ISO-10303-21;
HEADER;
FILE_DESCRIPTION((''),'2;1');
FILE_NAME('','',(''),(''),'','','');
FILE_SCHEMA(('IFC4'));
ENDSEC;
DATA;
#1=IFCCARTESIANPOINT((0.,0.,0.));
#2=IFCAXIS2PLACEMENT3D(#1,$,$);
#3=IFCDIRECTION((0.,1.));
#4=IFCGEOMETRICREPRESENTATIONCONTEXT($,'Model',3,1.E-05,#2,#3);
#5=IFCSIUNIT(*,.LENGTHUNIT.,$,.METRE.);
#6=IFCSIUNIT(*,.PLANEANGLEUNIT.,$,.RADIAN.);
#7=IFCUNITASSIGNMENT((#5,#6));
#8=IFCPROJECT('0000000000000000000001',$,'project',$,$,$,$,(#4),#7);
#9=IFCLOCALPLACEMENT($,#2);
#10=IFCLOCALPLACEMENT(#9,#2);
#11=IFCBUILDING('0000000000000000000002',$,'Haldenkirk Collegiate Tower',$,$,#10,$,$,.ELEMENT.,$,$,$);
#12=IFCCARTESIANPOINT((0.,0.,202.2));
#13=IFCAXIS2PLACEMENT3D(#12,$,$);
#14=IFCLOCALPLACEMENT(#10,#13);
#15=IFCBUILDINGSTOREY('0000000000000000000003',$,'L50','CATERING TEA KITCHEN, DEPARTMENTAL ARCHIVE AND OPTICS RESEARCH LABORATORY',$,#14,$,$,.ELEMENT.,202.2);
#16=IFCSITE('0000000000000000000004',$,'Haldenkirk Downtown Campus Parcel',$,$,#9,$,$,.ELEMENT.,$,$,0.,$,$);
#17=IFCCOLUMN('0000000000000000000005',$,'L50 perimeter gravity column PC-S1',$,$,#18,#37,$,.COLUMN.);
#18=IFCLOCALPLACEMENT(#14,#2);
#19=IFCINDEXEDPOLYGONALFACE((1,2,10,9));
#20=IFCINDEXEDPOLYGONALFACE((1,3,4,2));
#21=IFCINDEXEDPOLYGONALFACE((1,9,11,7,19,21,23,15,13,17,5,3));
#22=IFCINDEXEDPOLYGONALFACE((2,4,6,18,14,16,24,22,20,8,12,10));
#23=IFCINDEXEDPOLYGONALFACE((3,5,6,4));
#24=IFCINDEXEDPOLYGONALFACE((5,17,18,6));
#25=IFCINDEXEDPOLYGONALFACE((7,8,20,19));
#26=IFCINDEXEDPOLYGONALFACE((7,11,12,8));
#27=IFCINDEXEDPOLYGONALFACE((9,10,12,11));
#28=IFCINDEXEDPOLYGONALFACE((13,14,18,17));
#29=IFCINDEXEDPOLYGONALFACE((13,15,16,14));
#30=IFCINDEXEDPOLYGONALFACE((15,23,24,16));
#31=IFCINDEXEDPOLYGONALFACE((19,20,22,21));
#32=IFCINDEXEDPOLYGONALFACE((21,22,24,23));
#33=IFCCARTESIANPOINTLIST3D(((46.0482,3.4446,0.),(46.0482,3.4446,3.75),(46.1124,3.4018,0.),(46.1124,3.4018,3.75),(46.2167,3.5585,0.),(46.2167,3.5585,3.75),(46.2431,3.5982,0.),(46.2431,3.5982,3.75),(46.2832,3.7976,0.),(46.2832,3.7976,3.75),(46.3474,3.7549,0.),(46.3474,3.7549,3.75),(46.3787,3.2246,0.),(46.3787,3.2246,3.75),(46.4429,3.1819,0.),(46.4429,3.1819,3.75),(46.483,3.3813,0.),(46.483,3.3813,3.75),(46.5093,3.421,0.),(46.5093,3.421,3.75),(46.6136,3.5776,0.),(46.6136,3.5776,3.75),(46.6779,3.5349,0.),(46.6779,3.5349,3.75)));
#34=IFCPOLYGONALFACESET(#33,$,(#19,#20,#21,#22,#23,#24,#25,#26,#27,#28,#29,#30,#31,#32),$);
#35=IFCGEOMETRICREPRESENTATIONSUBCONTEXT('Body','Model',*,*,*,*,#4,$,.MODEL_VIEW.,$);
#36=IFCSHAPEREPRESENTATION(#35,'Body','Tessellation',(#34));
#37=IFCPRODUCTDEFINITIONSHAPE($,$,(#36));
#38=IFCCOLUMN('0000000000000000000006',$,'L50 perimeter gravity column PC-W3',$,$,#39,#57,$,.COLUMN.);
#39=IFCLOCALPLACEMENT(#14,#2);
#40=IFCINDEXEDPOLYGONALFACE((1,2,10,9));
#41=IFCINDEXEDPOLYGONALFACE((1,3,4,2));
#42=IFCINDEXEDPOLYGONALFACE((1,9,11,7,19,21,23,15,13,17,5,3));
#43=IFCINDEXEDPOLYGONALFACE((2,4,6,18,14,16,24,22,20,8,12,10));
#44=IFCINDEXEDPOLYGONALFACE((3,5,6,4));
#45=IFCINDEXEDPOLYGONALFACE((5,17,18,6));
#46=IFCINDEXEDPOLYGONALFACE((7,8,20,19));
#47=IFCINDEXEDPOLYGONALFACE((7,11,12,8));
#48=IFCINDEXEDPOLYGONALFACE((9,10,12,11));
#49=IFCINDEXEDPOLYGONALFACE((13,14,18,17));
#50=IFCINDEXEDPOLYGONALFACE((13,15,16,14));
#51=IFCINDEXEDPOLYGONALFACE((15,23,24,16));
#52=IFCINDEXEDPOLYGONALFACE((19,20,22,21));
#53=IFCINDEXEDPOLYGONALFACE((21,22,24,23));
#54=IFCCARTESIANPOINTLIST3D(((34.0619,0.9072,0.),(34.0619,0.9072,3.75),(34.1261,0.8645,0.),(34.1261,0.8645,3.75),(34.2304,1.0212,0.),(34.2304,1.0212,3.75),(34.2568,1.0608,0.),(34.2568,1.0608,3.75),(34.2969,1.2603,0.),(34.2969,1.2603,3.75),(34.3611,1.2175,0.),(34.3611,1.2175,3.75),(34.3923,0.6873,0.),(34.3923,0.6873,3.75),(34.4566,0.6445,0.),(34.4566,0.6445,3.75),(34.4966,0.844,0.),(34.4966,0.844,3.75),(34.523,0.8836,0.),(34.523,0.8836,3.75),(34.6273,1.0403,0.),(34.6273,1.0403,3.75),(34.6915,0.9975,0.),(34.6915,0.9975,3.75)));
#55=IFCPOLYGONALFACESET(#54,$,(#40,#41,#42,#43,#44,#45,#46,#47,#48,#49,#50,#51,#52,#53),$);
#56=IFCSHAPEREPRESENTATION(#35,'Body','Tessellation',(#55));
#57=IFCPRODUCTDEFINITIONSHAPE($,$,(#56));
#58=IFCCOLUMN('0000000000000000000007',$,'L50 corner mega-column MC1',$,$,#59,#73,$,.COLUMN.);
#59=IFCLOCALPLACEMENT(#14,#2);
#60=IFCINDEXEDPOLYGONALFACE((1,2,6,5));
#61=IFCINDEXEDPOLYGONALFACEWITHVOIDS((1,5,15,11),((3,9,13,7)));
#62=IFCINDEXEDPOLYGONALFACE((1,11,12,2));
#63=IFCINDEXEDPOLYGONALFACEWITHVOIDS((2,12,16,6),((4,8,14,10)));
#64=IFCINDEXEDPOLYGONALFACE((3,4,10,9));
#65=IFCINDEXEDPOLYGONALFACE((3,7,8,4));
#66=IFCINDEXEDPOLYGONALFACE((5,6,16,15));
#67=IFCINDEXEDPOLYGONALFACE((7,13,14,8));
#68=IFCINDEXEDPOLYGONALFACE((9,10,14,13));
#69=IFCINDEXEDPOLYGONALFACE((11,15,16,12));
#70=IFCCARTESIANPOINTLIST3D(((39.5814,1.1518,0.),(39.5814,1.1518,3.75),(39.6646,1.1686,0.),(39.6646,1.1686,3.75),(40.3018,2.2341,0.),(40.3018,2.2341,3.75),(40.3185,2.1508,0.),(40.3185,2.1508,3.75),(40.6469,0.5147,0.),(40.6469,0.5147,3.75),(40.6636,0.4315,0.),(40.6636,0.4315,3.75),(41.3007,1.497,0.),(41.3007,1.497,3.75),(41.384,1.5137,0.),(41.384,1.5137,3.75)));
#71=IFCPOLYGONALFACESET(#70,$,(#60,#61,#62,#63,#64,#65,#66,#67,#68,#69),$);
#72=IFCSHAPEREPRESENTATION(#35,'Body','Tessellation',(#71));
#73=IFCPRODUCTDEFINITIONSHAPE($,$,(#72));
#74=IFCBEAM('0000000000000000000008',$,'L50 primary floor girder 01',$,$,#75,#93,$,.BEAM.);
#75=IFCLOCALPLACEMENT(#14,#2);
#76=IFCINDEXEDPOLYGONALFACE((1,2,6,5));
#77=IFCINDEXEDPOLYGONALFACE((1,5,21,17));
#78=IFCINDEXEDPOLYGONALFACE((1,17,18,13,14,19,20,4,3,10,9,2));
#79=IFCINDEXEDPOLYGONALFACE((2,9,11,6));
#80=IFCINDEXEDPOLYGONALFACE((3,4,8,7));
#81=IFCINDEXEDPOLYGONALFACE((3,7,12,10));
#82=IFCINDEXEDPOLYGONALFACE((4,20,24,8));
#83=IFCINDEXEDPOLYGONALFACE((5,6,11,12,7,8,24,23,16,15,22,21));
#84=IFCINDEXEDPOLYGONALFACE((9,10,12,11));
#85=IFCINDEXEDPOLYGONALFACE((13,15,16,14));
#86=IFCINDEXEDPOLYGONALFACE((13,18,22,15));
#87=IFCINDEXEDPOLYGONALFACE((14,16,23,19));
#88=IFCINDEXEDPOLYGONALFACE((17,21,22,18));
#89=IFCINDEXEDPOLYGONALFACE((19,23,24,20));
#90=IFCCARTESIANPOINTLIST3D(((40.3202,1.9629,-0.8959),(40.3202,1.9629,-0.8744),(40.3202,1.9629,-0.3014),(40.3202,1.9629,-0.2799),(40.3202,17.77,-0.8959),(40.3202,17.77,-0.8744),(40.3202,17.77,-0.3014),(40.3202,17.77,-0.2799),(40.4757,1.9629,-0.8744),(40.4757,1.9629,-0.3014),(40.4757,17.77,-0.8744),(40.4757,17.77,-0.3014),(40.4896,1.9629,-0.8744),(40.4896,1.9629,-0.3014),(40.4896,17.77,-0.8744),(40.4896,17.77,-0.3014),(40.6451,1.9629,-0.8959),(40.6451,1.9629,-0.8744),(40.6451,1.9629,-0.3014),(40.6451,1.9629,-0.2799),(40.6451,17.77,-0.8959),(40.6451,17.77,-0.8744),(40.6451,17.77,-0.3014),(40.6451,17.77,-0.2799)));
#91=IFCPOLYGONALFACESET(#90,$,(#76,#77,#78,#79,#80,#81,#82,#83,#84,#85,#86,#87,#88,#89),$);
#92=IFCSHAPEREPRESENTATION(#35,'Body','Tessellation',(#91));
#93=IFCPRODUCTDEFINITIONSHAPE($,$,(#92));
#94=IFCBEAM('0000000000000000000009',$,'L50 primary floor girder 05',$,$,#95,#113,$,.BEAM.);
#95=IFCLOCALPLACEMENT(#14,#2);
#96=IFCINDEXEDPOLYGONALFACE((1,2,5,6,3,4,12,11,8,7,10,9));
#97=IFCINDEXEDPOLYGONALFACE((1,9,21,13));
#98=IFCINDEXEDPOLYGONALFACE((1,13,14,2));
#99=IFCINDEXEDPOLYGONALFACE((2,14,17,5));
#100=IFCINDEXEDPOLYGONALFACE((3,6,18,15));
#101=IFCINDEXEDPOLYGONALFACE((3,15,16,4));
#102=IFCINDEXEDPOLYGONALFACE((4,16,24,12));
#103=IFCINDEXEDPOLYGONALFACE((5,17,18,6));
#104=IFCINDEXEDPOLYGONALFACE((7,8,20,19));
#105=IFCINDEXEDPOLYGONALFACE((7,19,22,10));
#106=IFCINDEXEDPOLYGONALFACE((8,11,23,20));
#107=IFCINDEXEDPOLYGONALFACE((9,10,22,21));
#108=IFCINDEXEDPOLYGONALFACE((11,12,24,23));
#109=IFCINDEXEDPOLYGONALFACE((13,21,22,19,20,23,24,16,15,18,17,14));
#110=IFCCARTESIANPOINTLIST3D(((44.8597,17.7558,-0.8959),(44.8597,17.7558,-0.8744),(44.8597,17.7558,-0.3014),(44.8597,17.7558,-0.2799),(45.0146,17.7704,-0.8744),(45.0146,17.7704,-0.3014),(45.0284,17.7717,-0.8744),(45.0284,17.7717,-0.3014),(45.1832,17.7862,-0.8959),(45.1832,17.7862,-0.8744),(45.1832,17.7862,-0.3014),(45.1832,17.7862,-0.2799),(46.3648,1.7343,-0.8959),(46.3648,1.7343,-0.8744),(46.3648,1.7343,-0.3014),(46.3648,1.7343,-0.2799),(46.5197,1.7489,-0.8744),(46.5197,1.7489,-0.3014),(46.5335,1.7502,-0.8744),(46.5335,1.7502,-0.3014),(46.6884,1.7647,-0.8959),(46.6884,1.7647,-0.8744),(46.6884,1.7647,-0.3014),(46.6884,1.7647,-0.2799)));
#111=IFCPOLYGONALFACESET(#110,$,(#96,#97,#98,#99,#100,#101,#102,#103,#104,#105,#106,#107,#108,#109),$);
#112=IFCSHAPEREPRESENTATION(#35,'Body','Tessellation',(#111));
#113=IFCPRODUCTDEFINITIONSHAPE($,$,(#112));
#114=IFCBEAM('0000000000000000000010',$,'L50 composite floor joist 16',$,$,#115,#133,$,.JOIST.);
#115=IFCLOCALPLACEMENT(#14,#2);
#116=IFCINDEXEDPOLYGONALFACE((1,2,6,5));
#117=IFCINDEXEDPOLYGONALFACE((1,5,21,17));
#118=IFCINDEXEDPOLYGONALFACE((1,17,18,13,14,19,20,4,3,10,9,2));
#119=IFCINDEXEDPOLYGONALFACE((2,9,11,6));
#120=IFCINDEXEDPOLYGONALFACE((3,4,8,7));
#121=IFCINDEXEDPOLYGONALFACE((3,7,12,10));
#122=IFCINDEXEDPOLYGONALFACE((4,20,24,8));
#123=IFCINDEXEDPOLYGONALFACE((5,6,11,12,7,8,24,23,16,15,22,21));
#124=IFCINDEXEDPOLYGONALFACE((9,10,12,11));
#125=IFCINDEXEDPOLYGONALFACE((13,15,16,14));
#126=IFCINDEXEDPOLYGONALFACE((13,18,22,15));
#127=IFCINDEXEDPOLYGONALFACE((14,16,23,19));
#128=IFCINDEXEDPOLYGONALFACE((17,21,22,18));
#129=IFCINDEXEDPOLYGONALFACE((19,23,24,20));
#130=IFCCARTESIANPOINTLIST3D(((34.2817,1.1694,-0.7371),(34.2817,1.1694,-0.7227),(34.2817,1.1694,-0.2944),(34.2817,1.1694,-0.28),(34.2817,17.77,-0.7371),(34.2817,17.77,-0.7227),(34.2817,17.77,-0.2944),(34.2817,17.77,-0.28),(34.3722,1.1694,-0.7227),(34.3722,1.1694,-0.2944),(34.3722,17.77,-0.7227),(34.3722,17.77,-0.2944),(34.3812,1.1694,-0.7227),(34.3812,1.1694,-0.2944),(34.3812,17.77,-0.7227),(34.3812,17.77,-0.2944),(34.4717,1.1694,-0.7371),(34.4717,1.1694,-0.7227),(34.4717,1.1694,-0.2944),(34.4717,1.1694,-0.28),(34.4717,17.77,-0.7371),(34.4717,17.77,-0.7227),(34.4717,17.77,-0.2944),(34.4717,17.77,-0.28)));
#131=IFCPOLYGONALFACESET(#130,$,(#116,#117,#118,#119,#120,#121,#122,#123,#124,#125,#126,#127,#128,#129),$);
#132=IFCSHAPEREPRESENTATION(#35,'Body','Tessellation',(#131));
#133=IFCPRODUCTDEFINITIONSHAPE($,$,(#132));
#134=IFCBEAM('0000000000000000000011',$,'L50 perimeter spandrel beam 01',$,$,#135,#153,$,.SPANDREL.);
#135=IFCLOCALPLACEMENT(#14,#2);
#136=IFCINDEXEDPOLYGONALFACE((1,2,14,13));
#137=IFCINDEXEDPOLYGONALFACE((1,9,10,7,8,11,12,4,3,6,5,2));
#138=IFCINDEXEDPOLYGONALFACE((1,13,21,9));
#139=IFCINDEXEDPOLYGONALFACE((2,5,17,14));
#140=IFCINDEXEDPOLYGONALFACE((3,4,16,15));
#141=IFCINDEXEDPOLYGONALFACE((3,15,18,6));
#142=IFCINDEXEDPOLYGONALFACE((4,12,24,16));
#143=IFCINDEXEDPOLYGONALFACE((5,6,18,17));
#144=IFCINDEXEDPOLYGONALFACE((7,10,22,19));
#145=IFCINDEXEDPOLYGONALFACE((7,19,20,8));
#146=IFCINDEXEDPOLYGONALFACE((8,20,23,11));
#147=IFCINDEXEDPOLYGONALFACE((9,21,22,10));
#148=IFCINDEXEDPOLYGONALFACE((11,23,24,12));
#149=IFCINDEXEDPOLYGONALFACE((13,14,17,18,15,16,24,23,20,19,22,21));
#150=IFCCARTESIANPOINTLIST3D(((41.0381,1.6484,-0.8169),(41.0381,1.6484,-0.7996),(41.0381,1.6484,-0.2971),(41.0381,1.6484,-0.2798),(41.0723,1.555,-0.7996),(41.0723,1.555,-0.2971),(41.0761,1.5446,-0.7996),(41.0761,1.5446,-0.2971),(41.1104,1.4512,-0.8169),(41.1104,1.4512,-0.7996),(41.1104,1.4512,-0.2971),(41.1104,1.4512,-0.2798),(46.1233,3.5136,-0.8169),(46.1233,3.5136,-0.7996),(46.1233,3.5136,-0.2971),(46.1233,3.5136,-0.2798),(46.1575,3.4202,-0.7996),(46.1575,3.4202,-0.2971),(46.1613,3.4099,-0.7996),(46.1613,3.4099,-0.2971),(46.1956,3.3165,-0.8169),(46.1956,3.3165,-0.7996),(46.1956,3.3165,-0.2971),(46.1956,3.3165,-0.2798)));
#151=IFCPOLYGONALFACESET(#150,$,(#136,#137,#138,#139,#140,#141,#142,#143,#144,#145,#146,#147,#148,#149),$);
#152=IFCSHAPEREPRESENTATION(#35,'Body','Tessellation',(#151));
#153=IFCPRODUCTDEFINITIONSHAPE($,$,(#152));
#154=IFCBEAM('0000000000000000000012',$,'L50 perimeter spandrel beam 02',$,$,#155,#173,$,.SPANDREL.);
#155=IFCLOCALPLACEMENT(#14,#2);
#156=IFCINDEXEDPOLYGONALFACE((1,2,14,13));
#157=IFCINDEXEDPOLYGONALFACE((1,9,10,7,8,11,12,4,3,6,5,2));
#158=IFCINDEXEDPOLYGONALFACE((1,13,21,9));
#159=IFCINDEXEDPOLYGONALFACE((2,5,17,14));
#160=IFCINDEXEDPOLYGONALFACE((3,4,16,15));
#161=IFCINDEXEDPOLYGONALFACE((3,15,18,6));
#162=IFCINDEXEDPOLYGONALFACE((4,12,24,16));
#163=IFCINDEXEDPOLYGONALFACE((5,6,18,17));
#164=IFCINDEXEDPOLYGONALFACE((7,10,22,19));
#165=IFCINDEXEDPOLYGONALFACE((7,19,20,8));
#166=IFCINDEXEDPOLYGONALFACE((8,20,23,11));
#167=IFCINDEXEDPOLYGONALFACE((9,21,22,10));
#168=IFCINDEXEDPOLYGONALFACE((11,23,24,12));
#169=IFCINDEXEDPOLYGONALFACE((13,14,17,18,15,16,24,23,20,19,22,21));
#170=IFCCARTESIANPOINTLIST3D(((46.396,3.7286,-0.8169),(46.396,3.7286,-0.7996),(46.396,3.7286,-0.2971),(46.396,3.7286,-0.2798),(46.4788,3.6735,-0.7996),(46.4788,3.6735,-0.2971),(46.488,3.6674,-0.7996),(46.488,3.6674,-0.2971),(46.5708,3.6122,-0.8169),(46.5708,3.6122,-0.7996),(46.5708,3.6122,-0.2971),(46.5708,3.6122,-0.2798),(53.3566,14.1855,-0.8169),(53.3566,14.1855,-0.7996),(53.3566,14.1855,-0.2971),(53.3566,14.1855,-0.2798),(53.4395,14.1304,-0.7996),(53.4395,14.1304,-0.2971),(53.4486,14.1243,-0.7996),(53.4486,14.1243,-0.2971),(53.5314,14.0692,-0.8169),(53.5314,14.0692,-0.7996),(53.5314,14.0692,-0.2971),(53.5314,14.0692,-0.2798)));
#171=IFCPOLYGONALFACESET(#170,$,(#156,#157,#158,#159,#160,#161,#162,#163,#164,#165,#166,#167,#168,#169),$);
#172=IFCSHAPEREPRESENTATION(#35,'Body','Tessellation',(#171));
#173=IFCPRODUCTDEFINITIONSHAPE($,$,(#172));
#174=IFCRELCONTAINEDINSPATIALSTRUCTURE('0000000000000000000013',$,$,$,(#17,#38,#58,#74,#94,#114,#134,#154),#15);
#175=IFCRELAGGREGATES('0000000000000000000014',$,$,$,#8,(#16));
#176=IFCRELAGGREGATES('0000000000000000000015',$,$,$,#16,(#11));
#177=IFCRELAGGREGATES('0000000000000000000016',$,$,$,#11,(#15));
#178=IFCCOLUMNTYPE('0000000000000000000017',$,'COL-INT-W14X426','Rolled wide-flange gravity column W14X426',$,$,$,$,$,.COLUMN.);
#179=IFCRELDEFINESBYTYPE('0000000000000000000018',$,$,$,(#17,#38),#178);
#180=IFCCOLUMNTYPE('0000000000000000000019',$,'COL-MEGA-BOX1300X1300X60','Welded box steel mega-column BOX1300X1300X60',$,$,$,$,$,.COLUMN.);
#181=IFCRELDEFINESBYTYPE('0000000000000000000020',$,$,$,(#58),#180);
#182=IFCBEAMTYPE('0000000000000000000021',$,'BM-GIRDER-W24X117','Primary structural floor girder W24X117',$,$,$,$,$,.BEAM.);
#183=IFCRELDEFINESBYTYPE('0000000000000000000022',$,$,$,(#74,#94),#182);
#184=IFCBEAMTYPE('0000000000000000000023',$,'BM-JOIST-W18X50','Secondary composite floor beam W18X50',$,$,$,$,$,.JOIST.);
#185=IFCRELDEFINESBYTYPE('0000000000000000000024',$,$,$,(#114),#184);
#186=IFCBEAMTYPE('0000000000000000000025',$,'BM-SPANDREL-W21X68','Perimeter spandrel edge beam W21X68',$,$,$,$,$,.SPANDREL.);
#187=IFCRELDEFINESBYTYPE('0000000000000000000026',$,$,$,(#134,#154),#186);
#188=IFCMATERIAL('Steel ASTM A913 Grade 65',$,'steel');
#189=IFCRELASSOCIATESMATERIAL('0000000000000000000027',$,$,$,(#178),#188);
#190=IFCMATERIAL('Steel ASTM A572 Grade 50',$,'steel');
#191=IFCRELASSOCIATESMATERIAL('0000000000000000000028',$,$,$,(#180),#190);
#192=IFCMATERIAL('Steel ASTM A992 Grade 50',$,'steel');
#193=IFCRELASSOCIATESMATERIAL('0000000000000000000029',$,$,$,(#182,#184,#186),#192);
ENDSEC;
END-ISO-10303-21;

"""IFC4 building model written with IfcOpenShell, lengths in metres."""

from ifc_helpers import new_model, si_unit, direction, frame, origin, origin_2d, place, context, subcontext, project, spatial, hollow_rectangle, i_section, extrude, material, material_profile, profile_set, type_object, element, save


model = new_model("IFC4")

# Units and contexts
model_context = context("Model", 3, precision=1e-05, world=origin(), true_north=direction((0.0, 1.0)))
body_context = subcontext(model_context, "Body", "Model", "MODEL_VIEW")
ifc_project = project(units=[si_unit("LENGTHUNIT", "METRE"), si_unit("PLANEANGLEUNIT", "RADIAN")], contexts=[model_context])

# Site, building, storey
site_placement = place(None, origin())
site = spatial("IfcSite", under=ifc_project, at=site_placement, Name="Haldenkirk Downtown Campus Parcel", CompositionType="ELEMENT", RefElevation=0.0)
building_placement = place(site_placement, origin())
building = spatial("IfcBuilding", under=site, at=building_placement, Name="Haldenkirk Collegiate Tower", CompositionType="ELEMENT")
storey_placement = place(building_placement, frame((0.0, 0.0, 202.2)))
storey = spatial("IfcBuildingStorey", under=building, at=storey_placement, Name="L50", Description="CATERING TEA KITCHEN, DEPARTMENTAL ARCHIVE AND OPTICS RESEARCH LABORATORY", CompositionType="ELEMENT", Elevation=202.2)

# Columns
ifc_material_1 = material(Name="Steel ASTM A913 Grade 65", Category="steel")
ifc_material_profile_1 = material_profile(ifc_material_1, i_section(OverallWidth=0.4241, OverallDepth=0.4741, WebThickness=0.0476, FlangeThickness=0.0771, at=origin_2d()), Name="W14X426")
ifc_profile_set_1 = profile_set([ifc_material_profile_1], Name="Steel ASTM A913 Grade 65")
column_type_1 = type_object("IfcColumnType", Name="COL-INT-W14X426", Description="Rolled wide-flange gravity column W14X426", PredefinedType="COLUMN", material=ifc_profile_set_1)
for number, where, z_axis, x_axis, name in (
    (1, (46.363, 3.4897, 0.0), (0.0, 0.0, 1.0), (0.554118, 0.832438, 0.0), "L50 perimeter gravity column PC-S1"),
    (2, (34.3767, 0.9524, 0.0), (0.0, 0.0, 1.0), (0.554118, 0.832438, 0.0), "L50 perimeter gravity column PC-W3"),
):
    element("IfcColumn", number, at=place(storey_placement, frame(where, z_axis=z_axis, x_axis=x_axis)), inside=storey, type_object=column_type_1, Name=name, PredefinedType="COLUMN", context=body_context, shape_type="SweptSolid", body=[
        extrude(i_section(OverallWidth=0.4241, OverallDepth=0.4741, WebThickness=0.0476, FlangeThickness=0.0771, at=origin_2d()), origin(), (0.0, 0.0, 1.0), 3.75),
    ])
ifc_material_2 = material(Name="Steel ASTM A572 Grade 50", Category="steel")
ifc_material_profile_2 = material_profile(ifc_material_2, hollow_rectangle(XDim=1.3, YDim=1.3, WallThickness=0.0601, at=origin_2d()), Name="BOX1300X1300X60")
ifc_profile_set_2 = profile_set([ifc_material_profile_2], Name="Steel ASTM A572 Grade 50")
column_type_2 = type_object("IfcColumnType", Name="COL-MEGA-BOX1300X1300X60", Description="Welded box steel mega-column BOX1300X1300X60", PredefinedType="COLUMN", material=ifc_profile_set_2)
column_placement = place(storey_placement, frame((40.4827, 1.3328, 0.0), z_axis=(0.0, 0.0, 1.0), x_axis=(0.554118, 0.832438, 0.0)))
element("IfcColumn", 3, at=column_placement, inside=storey, type_object=column_type_2, Name="L50 corner mega-column MC1", PredefinedType="COLUMN", context=body_context, shape_type="SweptSolid", body=[
    extrude(hollow_rectangle(XDim=1.3, YDim=1.3, WallThickness=0.0601, at=origin_2d()), origin(), (0.0, 0.0, 1.0), 3.75),
])

# Beams
ifc_material_3 = material(Name="Steel ASTM A992 Grade 50", Category="steel")
ifc_material_profile_3 = material_profile(ifc_material_3, i_section(OverallWidth=0.325, OverallDepth=0.616, WebThickness=0.0139, FlangeThickness=0.0215, at=origin_2d()), Name="W24X117")
ifc_profile_set_3 = profile_set([ifc_material_profile_3], Name="Steel ASTM A992 Grade 50")
beam_type_1 = type_object("IfcBeamType", Name="BM-GIRDER-W24X117", Description="Primary structural floor girder W24X117", PredefinedType="BEAM", material=ifc_profile_set_3)
beam_1_placement = place(storey_placement, frame((40.4827, 1.9629, -0.5879), z_axis=(0.0, 1.0, 0.0), x_axis=(-1.0, 0.0, 0.0)))
element("IfcBeam", 4, at=beam_1_placement, inside=storey, type_object=beam_type_1, Name="L50 primary floor girder 01", PredefinedType="BEAM", context=body_context, shape_type="SweptSolid", body=[
    extrude(i_section(OverallWidth=0.325, OverallDepth=0.616, WebThickness=0.0139, FlangeThickness=0.0215, at=origin_2d()), origin(), (0.0, 0.0, 1.0), 15.8071),
])
beam_2_placement = place(storey_placement, frame((46.5266, 1.7495, -0.5879), z_axis=(-0.093532, 0.995616, 0.0), x_axis=(-0.995616, -0.093532, 0.0)))
element("IfcBeam", 5, at=beam_2_placement, inside=storey, type_object=beam_type_1, Name="L50 primary floor girder 05", PredefinedType="BEAM", context=body_context, shape_type="SweptSolid", body=[
    extrude(i_section(OverallWidth=0.325, OverallDepth=0.616, WebThickness=0.0139, FlangeThickness=0.0215, at=origin_2d()), origin(), (0.0, 0.0, 1.0), 16.092),
])
ifc_material_profile_4 = material_profile(ifc_material_3, i_section(OverallWidth=0.1899, OverallDepth=0.457, WebThickness=0.009, FlangeThickness=0.0144, at=origin_2d()), Name="W18X50")
ifc_profile_set_4 = profile_set([ifc_material_profile_4], Name="Steel ASTM A992 Grade 50")
beam_type_2 = type_object("IfcBeamType", Name="BM-JOIST-W18X50", Description="Secondary composite floor beam W18X50", PredefinedType="JOIST", material=ifc_profile_set_4)
beam_3_placement = place(storey_placement, frame((34.3767, 1.1694, -0.5085), z_axis=(0.0, 1.0, 0.0), x_axis=(-1.0, 0.0, 0.0)))
element("IfcBeam", 6, at=beam_3_placement, inside=storey, type_object=beam_type_2, Name="L50 composite floor joist 16", PredefinedType="JOIST", context=body_context, shape_type="SweptSolid", body=[
    extrude(i_section(OverallWidth=0.1899, OverallDepth=0.457, WebThickness=0.009, FlangeThickness=0.0144, at=origin_2d()), origin(), (0.0, 0.0, 1.0), 16.6006),
])
ifc_material_profile_5 = material_profile(ifc_material_3, i_section(OverallWidth=0.21, OverallDepth=0.5371, WebThickness=0.011, FlangeThickness=0.0173, at=origin_2d()), Name="W21X68")
ifc_profile_set_5 = profile_set([ifc_material_profile_5], Name="Steel ASTM A992 Grade 50")
beam_type_3 = type_object("IfcBeamType", Name="BM-SPANDREL-W21X68", Description="Perimeter spandrel edge beam W21X68", PredefinedType="SPANDREL", material=ifc_profile_set_5)
beam_4_placement = place(storey_placement, frame((41.0742, 1.5498, -0.5483), z_axis=(0.938837, 0.344362, 0.0), x_axis=(-0.344362, 0.938837, 0.0)))
element("IfcBeam", 7, at=beam_4_placement, inside=storey, type_object=beam_type_3, Name="L50 perimeter spandrel beam 01", PredefinedType="SPANDREL", context=body_context, shape_type="SweptSolid", body=[
    extrude(i_section(OverallWidth=0.21, OverallDepth=0.5371, WebThickness=0.011, FlangeThickness=0.0173, at=origin_2d()), origin(), (0.0, 0.0, 1.0), 5.4165),
])
beam_5_placement = place(storey_placement, frame((46.4834, 3.6704, -0.5483), z_axis=(0.554113, 0.832442, 0.0), x_axis=(-0.832442, 0.554113, 0.0)))
element("IfcBeam", 8, at=beam_5_placement, inside=storey, type_object=beam_type_3, Name="L50 perimeter spandrel beam 02", PredefinedType="SPANDREL", context=body_context, shape_type="SweptSolid", body=[
    extrude(i_section(OverallWidth=0.21, OverallDepth=0.5371, WebThickness=0.011, FlangeThickness=0.0173, at=origin_2d()), origin(), (0.0, 0.0, 1.0), 12.5618),
])

save(model, "model.ifc")
